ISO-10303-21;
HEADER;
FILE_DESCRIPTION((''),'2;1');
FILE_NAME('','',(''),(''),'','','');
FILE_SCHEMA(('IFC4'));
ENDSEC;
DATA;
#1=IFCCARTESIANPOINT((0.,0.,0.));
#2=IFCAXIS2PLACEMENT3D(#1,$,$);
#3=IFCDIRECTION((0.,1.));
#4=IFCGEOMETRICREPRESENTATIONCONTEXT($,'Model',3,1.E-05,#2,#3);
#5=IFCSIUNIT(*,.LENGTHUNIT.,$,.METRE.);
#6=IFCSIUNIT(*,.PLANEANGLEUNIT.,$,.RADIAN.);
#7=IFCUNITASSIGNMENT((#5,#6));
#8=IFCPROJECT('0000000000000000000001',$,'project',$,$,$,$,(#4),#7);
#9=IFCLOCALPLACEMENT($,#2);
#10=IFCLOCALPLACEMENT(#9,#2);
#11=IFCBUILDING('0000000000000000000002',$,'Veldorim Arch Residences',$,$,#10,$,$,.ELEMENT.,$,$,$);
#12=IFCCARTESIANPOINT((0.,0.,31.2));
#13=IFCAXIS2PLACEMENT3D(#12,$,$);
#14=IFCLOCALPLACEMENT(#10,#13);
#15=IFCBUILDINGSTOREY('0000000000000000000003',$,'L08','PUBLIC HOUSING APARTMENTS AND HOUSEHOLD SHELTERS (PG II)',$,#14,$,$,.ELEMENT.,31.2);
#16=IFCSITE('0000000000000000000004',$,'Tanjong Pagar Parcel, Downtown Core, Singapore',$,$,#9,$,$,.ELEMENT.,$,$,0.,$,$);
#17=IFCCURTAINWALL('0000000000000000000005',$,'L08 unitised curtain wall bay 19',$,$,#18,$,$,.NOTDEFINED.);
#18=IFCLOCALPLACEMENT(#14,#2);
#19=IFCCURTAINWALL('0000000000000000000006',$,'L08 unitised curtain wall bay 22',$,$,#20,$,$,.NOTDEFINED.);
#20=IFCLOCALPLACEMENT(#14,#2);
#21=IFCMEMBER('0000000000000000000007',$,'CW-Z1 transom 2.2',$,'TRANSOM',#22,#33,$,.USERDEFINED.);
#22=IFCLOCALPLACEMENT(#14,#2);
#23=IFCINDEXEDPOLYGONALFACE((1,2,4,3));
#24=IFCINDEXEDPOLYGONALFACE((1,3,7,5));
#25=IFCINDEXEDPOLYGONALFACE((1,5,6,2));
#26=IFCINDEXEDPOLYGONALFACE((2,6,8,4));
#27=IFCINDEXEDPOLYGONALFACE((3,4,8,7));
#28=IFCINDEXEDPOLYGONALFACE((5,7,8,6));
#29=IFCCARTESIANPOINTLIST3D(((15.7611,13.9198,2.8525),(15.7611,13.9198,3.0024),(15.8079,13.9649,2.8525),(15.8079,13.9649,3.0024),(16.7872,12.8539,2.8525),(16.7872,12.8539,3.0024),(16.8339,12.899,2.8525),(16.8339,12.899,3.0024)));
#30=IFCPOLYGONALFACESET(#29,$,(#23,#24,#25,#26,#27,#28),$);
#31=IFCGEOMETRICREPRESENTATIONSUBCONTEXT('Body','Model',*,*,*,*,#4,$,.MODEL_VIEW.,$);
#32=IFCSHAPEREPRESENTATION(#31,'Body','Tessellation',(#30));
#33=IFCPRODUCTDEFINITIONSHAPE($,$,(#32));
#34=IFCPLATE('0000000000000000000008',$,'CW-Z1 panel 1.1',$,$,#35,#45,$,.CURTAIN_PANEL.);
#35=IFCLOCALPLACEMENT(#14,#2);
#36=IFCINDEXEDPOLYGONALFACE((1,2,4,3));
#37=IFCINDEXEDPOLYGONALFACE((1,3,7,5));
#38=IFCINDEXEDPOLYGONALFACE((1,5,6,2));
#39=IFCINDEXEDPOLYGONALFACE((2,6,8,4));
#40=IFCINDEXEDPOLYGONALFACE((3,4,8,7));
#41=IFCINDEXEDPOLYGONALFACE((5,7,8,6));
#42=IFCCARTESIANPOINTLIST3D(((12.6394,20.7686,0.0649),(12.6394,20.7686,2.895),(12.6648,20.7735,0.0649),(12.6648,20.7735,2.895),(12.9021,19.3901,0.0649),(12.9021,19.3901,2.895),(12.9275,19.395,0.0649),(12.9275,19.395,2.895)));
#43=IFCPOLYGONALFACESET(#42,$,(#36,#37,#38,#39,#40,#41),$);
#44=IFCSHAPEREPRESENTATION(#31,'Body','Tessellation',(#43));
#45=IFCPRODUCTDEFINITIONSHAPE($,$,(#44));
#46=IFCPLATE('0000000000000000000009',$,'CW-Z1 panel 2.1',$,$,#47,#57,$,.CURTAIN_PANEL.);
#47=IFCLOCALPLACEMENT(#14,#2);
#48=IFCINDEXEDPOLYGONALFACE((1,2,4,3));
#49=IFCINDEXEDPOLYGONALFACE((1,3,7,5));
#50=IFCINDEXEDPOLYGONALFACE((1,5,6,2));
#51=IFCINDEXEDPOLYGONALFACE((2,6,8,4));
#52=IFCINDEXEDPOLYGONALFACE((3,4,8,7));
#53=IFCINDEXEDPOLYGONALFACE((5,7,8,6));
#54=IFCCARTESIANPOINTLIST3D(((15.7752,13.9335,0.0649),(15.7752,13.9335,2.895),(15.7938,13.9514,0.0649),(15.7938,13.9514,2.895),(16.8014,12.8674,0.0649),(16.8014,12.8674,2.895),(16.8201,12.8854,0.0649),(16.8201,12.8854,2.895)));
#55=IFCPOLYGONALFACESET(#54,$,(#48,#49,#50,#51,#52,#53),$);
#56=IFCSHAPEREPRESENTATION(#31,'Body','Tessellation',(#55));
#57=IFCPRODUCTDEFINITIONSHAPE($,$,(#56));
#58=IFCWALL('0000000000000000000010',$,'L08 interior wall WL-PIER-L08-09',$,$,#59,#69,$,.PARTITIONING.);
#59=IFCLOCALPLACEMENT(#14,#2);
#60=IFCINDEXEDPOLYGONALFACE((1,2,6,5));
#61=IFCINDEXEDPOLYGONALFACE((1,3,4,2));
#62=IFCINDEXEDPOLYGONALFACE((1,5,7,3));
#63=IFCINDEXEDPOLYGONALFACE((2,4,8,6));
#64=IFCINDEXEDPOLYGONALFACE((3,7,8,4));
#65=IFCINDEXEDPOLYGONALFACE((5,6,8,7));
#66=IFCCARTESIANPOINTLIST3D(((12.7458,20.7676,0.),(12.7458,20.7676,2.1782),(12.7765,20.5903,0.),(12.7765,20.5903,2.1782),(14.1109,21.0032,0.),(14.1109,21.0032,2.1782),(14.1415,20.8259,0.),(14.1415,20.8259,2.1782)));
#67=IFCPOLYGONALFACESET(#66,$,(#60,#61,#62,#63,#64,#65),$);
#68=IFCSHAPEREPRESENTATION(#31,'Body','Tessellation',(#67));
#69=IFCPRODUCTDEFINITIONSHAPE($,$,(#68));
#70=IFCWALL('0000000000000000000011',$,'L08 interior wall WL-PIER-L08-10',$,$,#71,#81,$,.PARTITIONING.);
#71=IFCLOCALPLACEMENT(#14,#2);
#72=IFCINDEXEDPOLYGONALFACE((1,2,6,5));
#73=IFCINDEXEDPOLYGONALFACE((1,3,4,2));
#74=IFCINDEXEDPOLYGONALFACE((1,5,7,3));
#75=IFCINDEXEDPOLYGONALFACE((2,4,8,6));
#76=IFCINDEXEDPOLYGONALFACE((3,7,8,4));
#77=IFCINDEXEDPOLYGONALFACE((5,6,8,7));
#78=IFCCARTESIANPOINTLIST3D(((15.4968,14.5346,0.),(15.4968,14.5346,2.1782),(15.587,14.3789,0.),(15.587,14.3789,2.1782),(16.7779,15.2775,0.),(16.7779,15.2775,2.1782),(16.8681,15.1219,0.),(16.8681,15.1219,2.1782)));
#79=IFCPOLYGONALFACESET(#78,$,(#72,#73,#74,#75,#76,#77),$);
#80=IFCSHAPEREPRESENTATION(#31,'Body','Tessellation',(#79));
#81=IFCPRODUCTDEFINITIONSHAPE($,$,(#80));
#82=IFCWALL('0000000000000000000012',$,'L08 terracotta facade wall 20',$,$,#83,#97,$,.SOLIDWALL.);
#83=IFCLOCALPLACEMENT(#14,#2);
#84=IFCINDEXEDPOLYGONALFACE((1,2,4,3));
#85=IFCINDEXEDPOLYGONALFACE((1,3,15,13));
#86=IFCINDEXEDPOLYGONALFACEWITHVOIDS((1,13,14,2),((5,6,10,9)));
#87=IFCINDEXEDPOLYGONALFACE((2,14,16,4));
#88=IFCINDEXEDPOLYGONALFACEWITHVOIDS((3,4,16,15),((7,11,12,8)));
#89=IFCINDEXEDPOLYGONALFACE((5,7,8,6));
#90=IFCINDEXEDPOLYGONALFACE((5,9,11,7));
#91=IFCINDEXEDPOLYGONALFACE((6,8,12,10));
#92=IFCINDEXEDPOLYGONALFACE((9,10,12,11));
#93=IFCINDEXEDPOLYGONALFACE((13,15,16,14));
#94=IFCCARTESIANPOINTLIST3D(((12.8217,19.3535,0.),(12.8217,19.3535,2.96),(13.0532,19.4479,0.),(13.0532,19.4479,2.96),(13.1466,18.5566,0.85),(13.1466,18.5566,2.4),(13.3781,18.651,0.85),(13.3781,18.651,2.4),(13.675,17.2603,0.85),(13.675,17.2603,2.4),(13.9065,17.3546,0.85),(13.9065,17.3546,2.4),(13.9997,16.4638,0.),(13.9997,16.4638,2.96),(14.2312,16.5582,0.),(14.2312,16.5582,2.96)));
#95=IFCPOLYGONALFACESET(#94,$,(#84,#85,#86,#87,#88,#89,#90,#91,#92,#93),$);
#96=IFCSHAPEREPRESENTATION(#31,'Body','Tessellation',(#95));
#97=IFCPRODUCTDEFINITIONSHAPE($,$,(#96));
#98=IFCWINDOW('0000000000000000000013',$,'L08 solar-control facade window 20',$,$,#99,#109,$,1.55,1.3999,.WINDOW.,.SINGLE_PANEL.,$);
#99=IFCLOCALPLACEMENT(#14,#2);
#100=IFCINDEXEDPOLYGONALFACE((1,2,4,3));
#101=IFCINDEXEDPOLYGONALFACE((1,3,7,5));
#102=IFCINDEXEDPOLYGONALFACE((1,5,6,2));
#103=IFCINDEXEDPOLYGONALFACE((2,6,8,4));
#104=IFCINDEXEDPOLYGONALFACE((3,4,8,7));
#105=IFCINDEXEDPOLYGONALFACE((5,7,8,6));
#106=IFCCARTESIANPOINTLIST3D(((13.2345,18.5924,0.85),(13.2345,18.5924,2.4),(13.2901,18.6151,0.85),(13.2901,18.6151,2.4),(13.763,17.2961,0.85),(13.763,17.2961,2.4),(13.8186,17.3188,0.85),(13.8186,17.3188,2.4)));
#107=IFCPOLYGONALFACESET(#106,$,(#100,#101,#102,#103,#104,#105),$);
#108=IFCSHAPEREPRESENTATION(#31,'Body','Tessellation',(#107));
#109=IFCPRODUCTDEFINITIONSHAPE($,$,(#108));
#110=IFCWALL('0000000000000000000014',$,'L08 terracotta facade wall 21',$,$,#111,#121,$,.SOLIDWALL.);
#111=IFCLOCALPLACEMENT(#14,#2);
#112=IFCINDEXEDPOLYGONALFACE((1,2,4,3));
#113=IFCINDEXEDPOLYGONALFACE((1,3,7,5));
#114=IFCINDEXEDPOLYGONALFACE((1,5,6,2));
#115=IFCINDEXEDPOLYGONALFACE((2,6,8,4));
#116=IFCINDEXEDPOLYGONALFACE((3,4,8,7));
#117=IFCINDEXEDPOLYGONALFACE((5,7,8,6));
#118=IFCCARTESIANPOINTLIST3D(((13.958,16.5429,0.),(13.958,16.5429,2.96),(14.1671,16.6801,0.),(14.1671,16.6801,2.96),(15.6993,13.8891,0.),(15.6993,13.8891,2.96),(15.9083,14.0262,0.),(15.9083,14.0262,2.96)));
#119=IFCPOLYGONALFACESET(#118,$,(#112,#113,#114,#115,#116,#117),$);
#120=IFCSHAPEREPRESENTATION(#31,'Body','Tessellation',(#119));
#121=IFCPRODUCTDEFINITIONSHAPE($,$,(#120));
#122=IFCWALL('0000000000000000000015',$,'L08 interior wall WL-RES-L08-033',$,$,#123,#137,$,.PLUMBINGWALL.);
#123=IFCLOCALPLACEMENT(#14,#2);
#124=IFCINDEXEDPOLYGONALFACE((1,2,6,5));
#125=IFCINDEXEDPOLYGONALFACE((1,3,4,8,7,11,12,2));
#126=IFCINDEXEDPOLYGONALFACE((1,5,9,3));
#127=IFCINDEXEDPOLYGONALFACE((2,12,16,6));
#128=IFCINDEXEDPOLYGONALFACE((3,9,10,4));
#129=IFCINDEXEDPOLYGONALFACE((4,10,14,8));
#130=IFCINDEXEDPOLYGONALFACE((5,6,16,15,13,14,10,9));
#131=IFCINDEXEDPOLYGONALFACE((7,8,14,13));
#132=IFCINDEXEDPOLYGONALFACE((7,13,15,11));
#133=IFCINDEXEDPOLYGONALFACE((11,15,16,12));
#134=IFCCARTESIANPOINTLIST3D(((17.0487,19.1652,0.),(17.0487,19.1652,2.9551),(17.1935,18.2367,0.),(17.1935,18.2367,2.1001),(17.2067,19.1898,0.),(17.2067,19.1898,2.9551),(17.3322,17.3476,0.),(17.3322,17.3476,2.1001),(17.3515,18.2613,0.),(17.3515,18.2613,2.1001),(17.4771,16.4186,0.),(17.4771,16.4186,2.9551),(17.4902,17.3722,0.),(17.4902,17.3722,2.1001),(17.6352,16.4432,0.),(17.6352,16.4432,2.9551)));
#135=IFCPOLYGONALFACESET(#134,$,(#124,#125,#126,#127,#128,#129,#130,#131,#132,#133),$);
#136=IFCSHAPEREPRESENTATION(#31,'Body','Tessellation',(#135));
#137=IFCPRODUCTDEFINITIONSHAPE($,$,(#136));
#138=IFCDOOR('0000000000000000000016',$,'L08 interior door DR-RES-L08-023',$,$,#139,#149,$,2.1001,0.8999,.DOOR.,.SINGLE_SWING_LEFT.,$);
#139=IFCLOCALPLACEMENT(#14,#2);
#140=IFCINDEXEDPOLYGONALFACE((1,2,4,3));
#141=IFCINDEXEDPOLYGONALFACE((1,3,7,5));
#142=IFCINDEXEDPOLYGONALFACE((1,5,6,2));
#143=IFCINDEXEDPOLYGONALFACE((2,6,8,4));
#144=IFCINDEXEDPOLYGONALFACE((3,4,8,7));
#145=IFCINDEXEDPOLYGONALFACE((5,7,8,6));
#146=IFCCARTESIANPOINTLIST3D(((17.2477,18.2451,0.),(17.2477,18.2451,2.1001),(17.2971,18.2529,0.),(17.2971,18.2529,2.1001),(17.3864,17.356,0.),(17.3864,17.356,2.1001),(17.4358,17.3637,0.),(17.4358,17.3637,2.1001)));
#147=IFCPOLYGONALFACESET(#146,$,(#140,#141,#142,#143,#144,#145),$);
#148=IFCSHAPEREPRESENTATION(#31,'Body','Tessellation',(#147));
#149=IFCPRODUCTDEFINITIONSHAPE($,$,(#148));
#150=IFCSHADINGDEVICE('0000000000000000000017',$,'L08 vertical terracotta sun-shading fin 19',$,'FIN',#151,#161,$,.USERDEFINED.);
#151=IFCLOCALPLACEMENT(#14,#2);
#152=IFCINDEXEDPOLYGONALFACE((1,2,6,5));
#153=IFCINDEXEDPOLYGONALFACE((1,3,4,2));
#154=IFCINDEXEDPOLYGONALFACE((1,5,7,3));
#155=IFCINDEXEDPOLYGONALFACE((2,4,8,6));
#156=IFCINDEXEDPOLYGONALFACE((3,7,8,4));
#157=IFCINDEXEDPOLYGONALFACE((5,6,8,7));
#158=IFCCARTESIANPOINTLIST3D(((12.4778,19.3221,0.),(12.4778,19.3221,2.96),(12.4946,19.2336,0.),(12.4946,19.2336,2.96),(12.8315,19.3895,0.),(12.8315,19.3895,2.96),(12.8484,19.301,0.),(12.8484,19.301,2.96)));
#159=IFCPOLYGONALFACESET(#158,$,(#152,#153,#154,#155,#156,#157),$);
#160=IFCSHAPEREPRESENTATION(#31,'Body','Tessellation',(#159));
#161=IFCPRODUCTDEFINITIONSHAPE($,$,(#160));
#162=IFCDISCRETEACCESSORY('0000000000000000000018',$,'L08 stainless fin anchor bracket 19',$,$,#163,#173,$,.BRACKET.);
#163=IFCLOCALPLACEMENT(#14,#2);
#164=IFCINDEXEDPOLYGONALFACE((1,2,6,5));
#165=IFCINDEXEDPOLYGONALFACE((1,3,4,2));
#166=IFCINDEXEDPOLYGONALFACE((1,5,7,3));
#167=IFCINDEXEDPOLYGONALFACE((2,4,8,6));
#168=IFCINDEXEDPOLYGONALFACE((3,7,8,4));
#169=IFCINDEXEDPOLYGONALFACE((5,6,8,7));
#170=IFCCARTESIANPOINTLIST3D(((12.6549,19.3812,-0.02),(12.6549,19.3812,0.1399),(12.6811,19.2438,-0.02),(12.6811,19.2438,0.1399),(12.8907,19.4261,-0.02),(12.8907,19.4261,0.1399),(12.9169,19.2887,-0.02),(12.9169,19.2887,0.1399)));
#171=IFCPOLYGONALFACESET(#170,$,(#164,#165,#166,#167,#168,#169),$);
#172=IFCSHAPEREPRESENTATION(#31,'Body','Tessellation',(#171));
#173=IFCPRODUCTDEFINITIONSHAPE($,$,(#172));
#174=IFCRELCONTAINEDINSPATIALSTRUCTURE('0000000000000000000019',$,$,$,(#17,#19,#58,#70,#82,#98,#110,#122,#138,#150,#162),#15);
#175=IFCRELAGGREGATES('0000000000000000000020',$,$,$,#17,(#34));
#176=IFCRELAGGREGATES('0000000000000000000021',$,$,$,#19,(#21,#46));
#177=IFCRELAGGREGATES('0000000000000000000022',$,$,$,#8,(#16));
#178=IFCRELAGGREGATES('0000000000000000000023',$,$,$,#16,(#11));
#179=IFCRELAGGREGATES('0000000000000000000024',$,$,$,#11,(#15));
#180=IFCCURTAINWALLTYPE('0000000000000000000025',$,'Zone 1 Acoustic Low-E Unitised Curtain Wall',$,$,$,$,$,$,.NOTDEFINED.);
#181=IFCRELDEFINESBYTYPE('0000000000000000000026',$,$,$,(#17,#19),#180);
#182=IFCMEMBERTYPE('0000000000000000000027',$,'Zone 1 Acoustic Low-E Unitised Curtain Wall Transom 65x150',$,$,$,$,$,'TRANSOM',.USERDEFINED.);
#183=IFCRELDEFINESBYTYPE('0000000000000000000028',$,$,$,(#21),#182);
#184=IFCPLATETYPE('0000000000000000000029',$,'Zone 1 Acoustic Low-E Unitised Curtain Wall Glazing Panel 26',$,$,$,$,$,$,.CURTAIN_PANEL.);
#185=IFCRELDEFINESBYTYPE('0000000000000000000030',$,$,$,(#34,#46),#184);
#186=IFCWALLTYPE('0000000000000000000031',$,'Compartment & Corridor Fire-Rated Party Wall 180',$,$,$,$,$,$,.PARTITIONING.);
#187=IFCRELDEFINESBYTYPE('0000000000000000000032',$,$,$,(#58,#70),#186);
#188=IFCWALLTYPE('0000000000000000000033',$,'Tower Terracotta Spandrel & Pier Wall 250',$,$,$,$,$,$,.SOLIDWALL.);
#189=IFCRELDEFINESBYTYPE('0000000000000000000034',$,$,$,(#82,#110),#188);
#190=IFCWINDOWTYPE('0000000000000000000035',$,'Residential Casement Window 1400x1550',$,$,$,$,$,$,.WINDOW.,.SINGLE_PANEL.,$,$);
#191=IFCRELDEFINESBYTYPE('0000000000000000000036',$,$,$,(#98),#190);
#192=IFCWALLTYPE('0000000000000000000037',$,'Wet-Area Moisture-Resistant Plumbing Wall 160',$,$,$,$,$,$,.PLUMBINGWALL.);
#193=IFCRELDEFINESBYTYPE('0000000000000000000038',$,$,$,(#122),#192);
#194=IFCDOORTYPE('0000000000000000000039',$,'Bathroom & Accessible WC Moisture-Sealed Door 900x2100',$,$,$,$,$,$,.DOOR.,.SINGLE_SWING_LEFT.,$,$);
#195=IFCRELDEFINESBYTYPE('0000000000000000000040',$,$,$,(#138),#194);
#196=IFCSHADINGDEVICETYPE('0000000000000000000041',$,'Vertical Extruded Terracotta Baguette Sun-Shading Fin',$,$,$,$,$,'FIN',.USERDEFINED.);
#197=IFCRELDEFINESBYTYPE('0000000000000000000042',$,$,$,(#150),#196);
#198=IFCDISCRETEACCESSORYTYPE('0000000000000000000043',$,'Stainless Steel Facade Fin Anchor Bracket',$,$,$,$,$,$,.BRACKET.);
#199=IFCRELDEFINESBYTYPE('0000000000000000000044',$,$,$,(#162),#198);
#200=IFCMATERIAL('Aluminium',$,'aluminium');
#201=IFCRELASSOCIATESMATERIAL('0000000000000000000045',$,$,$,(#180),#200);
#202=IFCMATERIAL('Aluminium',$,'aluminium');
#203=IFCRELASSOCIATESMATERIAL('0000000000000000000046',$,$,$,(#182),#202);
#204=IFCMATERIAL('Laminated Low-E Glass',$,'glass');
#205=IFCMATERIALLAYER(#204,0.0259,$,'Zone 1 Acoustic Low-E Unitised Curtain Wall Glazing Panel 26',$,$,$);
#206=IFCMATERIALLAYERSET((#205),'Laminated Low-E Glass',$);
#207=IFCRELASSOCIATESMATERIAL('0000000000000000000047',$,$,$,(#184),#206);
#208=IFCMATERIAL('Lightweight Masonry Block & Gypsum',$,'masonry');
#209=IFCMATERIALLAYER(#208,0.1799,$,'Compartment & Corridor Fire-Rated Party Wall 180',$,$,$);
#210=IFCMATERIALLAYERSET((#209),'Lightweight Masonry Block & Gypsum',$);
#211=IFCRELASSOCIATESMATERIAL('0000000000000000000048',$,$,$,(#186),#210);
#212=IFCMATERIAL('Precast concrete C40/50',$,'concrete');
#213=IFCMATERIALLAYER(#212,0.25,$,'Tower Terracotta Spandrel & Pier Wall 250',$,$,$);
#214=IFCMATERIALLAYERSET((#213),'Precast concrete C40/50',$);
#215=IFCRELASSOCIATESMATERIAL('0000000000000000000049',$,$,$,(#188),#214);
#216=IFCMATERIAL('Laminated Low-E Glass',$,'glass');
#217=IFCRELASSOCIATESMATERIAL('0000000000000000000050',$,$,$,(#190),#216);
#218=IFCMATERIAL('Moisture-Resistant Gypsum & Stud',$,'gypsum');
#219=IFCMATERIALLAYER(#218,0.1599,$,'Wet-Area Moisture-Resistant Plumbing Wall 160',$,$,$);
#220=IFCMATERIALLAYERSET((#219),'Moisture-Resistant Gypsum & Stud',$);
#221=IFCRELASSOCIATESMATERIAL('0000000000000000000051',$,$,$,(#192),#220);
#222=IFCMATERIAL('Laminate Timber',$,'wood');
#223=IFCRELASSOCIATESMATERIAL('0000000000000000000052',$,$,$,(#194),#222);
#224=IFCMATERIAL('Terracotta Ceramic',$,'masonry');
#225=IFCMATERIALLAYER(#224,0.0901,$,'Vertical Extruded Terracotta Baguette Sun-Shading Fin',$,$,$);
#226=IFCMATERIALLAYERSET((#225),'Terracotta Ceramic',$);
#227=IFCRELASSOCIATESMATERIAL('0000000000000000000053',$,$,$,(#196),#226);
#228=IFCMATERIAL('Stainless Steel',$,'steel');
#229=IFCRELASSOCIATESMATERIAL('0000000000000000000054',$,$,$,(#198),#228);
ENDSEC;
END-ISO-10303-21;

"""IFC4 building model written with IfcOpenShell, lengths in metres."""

from ifc_helpers import new_model, si_unit, direction, frame, frame_2d, origin, origin_2d, place, context, subcontext, project, spatial, rectangle, extrude, material, layer, layer_set, material_profile, profile_set, type_object, element, fill, aggregate, save


model = new_model("IFC4")

# Units and contexts
model_context = context("Model", 3, precision=1e-05, world=origin(), true_north=direction((0.0, 1.0)))
body_context = subcontext(model_context, "Body", "Model", "MODEL_VIEW")
ifc_project = project(units=[si_unit("LENGTHUNIT", "METRE"), si_unit("PLANEANGLEUNIT", "RADIAN")], contexts=[model_context])

# Site, building, storey
site_placement = place(None, origin())
site = spatial("IfcSite", under=ifc_project, at=site_placement, Name="Tanjong Pagar Parcel, Downtown Core, Singapore", CompositionType="ELEMENT", RefElevation=0.0)
building_placement = place(site_placement, origin())
building = spatial("IfcBuilding", under=site, at=building_placement, Name="Veldorim Arch Residences", CompositionType="ELEMENT")
storey_placement = place(building_placement, frame((0.0, 0.0, 31.2)))
storey = spatial("IfcBuildingStorey", under=building, at=storey_placement, Name="L08", Description="PUBLIC HOUSING APARTMENTS AND HOUSEHOLD SHELTERS (PG II)", CompositionType="ELEMENT", Elevation=31.2)

# Curtain wall
ifc_material_1 = material(Name="Aluminium", Category="aluminium")
curtain_wall_type = type_object("IfcCurtainWallType", Name="Zone 1 Acoustic Low-E Unitised Curtain Wall", PredefinedType="NOTDEFINED", material=ifc_material_1)
curtain_wall_1_placement = place(storey_placement, origin())
curtain_wall_1 = element("IfcCurtainWall", 1, at=curtain_wall_1_placement, inside=storey, type_object=curtain_wall_type, Name="L08 unitised curtain wall bay 19", PredefinedType="NOTDEFINED")

# Curtain wall
curtain_wall_2_placement = place(storey_placement, origin())
curtain_wall_2 = element("IfcCurtainWall", 2, at=curtain_wall_2_placement, inside=storey, type_object=curtain_wall_type, Name="L08 unitised curtain wall bay 22", PredefinedType="NOTDEFINED")

# Member
ifc_material_2 = material(Name="Aluminium", Category="aluminium")
ifc_material_profile_1 = material_profile(ifc_material_2, rectangle(XDim=0.0649, YDim=0.1499, at=origin_2d()), Name="ALU_TRN_65x150")
ifc_profile_set_1 = profile_set([ifc_material_profile_1], Name="Aluminium")
member_type_1 = type_object("IfcMemberType", Name="Zone 1 Acoustic Low-E Unitised Curtain Wall Transom 65x150", ElementType="TRANSOM", PredefinedType="USERDEFINED", material=ifc_profile_set_1)
member_1_placement = place(storey_placement, frame((16.8105, 12.8765, 2.9275), z_axis=(-0.693531, 0.720427, 0.0), x_axis=(-0.720427, -0.693531, 0.0)))
member_1 = element("IfcMember", 3, at=member_1_placement, type_object=member_type_1, Name="CW-Z1 transom 2.2", ObjectType="TRANSOM", PredefinedType="USERDEFINED", context=body_context, shape_type="SweptSolid", body=[
    extrude(rectangle(XDim=0.0649, YDim=0.1499, at=origin_2d()), origin(), (0.0, 0.0, 1.0), 1.4795),
])

# Plates
ifc_material_3 = material(Name="Laminated Low-E Glass", Category="glass")
ifc_layer_1 = layer(ifc_material_3, 0.0259, Name="Zone 1 Acoustic Low-E Unitised Curtain Wall Glazing Panel 26")
ifc_layer_set_1 = layer_set([ifc_layer_1], Name="Laminated Low-E Glass")
plate_type = type_object("IfcPlateType", Name="Zone 1 Acoustic Low-E Unitised Curtain Wall Glazing Panel 26", PredefinedType="CURTAIN_PANEL", material=ifc_layer_set_1)
plate_1_placement = place(storey_placement, frame((12.7834, 20.0818, 0.0649), z_axis=(0.0, 0.0, 1.0), x_axis=(-0.187222, 0.982318, 0.0)))
plate_1 = element("IfcPlate", 4, at=plate_1_placement, type_object=plate_type, Name="CW-Z1 panel 1.1", PredefinedType="CURTAIN_PANEL", context=body_context, shape_type="SweptSolid", body=[
    extrude(rectangle(XDim=1.4033, YDim=0.0259, at=origin_2d()), origin(), (0.0, 0.0, 1.0), 2.8301),
])
aggregate(curtain_wall_1, [plate_1])
plate_2_placement = place(storey_placement, frame((16.2976, 13.4094, 0.0649), z_axis=(0.0, 0.0, 1.0), x_axis=(-0.693538, 0.720421, 0.0)))
plate_2 = element("IfcPlate", 5, at=plate_2_placement, type_object=plate_type, Name="CW-Z1 panel 2.1", PredefinedType="CURTAIN_PANEL", context=body_context, shape_type="SweptSolid", body=[
    extrude(rectangle(XDim=1.4797, YDim=0.0259, at=origin_2d()), origin(), (0.0, 0.0, 1.0), 2.8301),
])
aggregate(curtain_wall_2, [member_1, plate_2])

# Walls
ifc_material_4 = material(Name="Lightweight Masonry Block & Gypsum", Category="masonry")
ifc_layer_2 = layer(ifc_material_4, 0.1799, Name="Compartment & Corridor Fire-Rated Party Wall 180")
ifc_layer_set_2 = layer_set([ifc_layer_2], Name="Lightweight Masonry Block & Gypsum")
wall_type_1 = type_object("IfcWallType", Name="Compartment & Corridor Fire-Rated Party Wall 180", PredefinedType="PARTITIONING", material=ifc_layer_set_2)
wall_1_placement = place(storey_placement, frame((14.1262, 20.9146, 0.0), z_axis=(0.0, 0.0, 1.0), x_axis=(-0.98543, -0.170084, 0.0)))
element("IfcWall", 6, at=wall_1_placement, inside=storey, type_object=wall_type_1, Name="L08 interior wall WL-PIER-L08-09", PredefinedType="PARTITIONING", context=body_context, shape_type="SweptSolid", body=[
    extrude(rectangle(XDim=1.3853, YDim=0.1799, at=frame_2d((0.6926, 0.0))), origin(), (0.0, 0.0, 1.0), 2.1782),
])
wall_2_placement = place(storey_placement, frame((16.823, 15.1997, 0.0), z_axis=(0.0, 0.0, 1.0), x_axis=(-0.86505, -0.501686, 0.0)))
element("IfcWall", 7, at=wall_2_placement, inside=storey, type_object=wall_type_1, Name="L08 interior wall WL-PIER-L08-10", PredefinedType="PARTITIONING", context=body_context, shape_type="SweptSolid", body=[
    extrude(rectangle(XDim=1.481, YDim=0.1799, at=frame_2d((0.7405, 0.0))), origin(), (0.0, 0.0, 1.0), 2.1782),
])

# Wall, opening, window
ifc_material_5 = material(Name="Precast concrete C40/50", Category="concrete")
ifc_layer_3 = layer(ifc_material_5, 0.25, Name="Tower Terracotta Spandrel & Pier Wall 250")
ifc_layer_set_3 = layer_set([ifc_layer_3], Name="Precast concrete C40/50")
wall_type_2 = type_object("IfcWallType", Name="Tower Terracotta Spandrel & Pier Wall 250", PredefinedType="SOLIDWALL", material=ifc_layer_set_3)
wall_3_placement = place(storey_placement, frame((14.1155, 16.511, 0.0), z_axis=(0.0, 0.0, 1.0), x_axis=(-0.377493, 0.926012, 0.0)))
wall_3 = element("IfcWall", 8, at=wall_3_placement, inside=storey, type_object=wall_type_2, Name="L08 terracotta facade wall 20", PredefinedType="SOLIDWALL", context=body_context, shape_type="SweptSolid", body=[
    extrude(rectangle(XDim=3.1206, YDim=0.25, at=frame_2d((1.5603, 0.0))), origin(), (0.0, 0.0, 1.0), 2.96),
])
opening_1_placement = place(wall_3_placement, frame((0.8601, 0.0, 0.8501)))
opening_1 = element("IfcOpeningElement", 9, at=opening_1_placement, cuts=wall_3, PredefinedType="OPENING", context=body_context, shape_type="SweptSolid", body=[
    extrude(rectangle(XDim=1.3999, YDim=1.55, at=frame_2d((0.7, 0.7749))), frame((0.0, 0.135, 0.0), z_axis=(0.0, -1.0, 0.0), x_axis=(1.0, 0.0, 0.0)), (0.0, 0.0, 1.0), 0.27),
])
ifc_material_6 = material(Name="Laminated Low-E Glass", Category="glass")
window_type = type_object("IfcWindowType", Name="Residential Casement Window 1400x1550", PartitioningType="SINGLE_PANEL", PredefinedType="WINDOW", material=ifc_material_6)
window_placement = place(opening_1_placement, origin())
window = element("IfcWindow", 10, at=window_placement, inside=storey, type_object=window_type, Name="L08 solar-control facade window 20", OverallHeight=1.55, OverallWidth=1.3999, PartitioningType="SINGLE_PANEL", PredefinedType="WINDOW", context=body_context, shape_type="SweptSolid", body=[
    extrude(rectangle(XDim=1.3999, YDim=1.55, at=frame_2d((0.7, 0.7749))), frame((0.0, 0.03, 0.0), z_axis=(0.0, -1.0, 0.0), x_axis=(1.0, 0.0, 0.0)), (0.0, 0.0, 1.0), 0.0601),
])
fill(opening_1, window)

# Wall
wall_4_placement = place(storey_placement, frame((15.8037, 13.9578, 0.0), z_axis=(0.0, 0.0, 1.0), x_axis=(-0.548579, 0.836099, 0.0)))
element("IfcWall", 11, at=wall_4_placement, inside=storey, type_object=wall_type_2, Name="L08 terracotta facade wall 21", PredefinedType="SOLIDWALL", context=body_context, shape_type="SweptSolid", body=[
    extrude(rectangle(XDim=3.1741, YDim=0.25, at=frame_2d((1.5869, 0.0))), origin(), (0.0, 0.0, 1.0), 2.96),
])

# Wall, opening, door
ifc_material_7 = material(Name="Moisture-Resistant Gypsum & Stud", Category="gypsum")
ifc_layer_4 = layer(ifc_material_7, 0.1599, Name="Wet-Area Moisture-Resistant Plumbing Wall 160")
ifc_layer_set_4 = layer_set([ifc_layer_4], Name="Moisture-Resistant Gypsum & Stud")
wall_type_3 = type_object("IfcWallType", Name="Wet-Area Moisture-Resistant Plumbing Wall 160", PredefinedType="PLUMBINGWALL", material=ifc_layer_set_4)
wall_5_placement = place(storey_placement, frame((17.1277, 19.1775, 0.0), z_axis=(0.0, 0.0, 1.0), x_axis=(0.154136, -0.98805, 0.0)))
wall_5 = element("IfcWall", 12, at=wall_5_placement, inside=storey, type_object=wall_type_3, Name="L08 interior wall WL-RES-L08-033", PredefinedType="PLUMBINGWALL", context=body_context, shape_type="SweptSolid", body=[
    extrude(rectangle(XDim=2.7798, YDim=0.1599, at=frame_2d((1.3899, 0.0))), origin(), (0.0, 0.0, 1.0), 2.9551),
])
opening_2_placement = place(wall_5_placement, frame((0.9397, 0.0, 0.0)))
opening_2 = element("IfcOpeningElement", 13, at=opening_2_placement, cuts=wall_5, PredefinedType="OPENING", context=body_context, shape_type="SweptSolid", body=[
    extrude(rectangle(XDim=0.8999, YDim=2.1001, at=frame_2d((0.45, 1.05))), frame((0.0, 0.0898, 0.0), z_axis=(0.0, -1.0, 0.0), x_axis=(1.0, 0.0, 0.0)), (0.0, 0.0, 1.0), 0.1799),
])
ifc_material_8 = material(Name="Laminate Timber", Category="wood")
door_type = type_object("IfcDoorType", Name="Bathroom & Accessible WC Moisture-Sealed Door 900x2100", OperationType="SINGLE_SWING_LEFT", PredefinedType="DOOR", material=ifc_material_8)
door_placement = place(opening_2_placement, origin())
door = element("IfcDoor", 14, at=door_placement, inside=storey, type_object=door_type, Name="L08 interior door DR-RES-L08-023", OperationType="SINGLE_SWING_LEFT", OverallHeight=2.1001, OverallWidth=0.8999, PredefinedType="DOOR", context=body_context, shape_type="SweptSolid", body=[
    extrude(rectangle(XDim=0.8999, YDim=2.1001, at=frame_2d((0.45, 1.05))), frame((0.0, 0.0249, 0.0), z_axis=(0.0, -1.0, 0.0), x_axis=(1.0, 0.0, 0.0)), (0.0, 0.0, 1.0), 0.05),
])
fill(opening_2, door)

# Shading device
ifc_material_9 = material(Name="Terracotta Ceramic", Category="masonry")
ifc_layer_5 = layer(ifc_material_9, 0.0901, Name="Vertical Extruded Terracotta Baguette Sun-Shading Fin")
ifc_layer_set_5 = layer_set([ifc_layer_5], Name="Terracotta Ceramic")
shading_device_type = type_object("IfcShadingDeviceType", Name="Vertical Extruded Terracotta Baguette Sun-Shading Fin", ElementType="FIN", PredefinedType="USERDEFINED", material=ifc_layer_set_5)
shading_device_placement = place(storey_placement, frame((12.6631, 19.3115, 0.0), z_axis=(0.0, 0.0, 1.0), x_axis=(-0.18721, 0.98232, 0.0)))
element("IfcShadingDevice", 15, at=shading_device_placement, inside=storey, type_object=shading_device_type, Name="L08 vertical terracotta sun-shading fin 19", ObjectType="FIN", PredefinedType="USERDEFINED", context=body_context, shape_type="SweptSolid", body=[
    extrude(rectangle(XDim=0.0901, YDim=0.3601, at=origin_2d()), origin(), (0.0, 0.0, 1.0), 2.96),
])

# Discrete accessory
ifc_material_10 = material(Name="Stainless Steel", Category="steel")
discrete_accessory_type = type_object("IfcDiscreteAccessoryType", Name="Stainless Steel Facade Fin Anchor Bracket", PredefinedType="BRACKET", material=ifc_material_10)
discrete_accessory_placement = place(storey_placement, frame((12.7859, 19.335, -0.02), z_axis=(0.0, 0.0, 1.0), x_axis=(-0.18721, 0.98232, 0.0)))
element("IfcDiscreteAccessory", 16, at=discrete_accessory_placement, inside=storey, type_object=discrete_accessory_type, Name="L08 stainless fin anchor bracket 19", PredefinedType="BRACKET", context=body_context, shape_type="SweptSolid", body=[
    extrude(rectangle(XDim=0.1399, YDim=0.24, at=origin_2d()), origin(), (0.0, 0.0, 1.0), 0.1599),
])

save(model, "model.ifc")
